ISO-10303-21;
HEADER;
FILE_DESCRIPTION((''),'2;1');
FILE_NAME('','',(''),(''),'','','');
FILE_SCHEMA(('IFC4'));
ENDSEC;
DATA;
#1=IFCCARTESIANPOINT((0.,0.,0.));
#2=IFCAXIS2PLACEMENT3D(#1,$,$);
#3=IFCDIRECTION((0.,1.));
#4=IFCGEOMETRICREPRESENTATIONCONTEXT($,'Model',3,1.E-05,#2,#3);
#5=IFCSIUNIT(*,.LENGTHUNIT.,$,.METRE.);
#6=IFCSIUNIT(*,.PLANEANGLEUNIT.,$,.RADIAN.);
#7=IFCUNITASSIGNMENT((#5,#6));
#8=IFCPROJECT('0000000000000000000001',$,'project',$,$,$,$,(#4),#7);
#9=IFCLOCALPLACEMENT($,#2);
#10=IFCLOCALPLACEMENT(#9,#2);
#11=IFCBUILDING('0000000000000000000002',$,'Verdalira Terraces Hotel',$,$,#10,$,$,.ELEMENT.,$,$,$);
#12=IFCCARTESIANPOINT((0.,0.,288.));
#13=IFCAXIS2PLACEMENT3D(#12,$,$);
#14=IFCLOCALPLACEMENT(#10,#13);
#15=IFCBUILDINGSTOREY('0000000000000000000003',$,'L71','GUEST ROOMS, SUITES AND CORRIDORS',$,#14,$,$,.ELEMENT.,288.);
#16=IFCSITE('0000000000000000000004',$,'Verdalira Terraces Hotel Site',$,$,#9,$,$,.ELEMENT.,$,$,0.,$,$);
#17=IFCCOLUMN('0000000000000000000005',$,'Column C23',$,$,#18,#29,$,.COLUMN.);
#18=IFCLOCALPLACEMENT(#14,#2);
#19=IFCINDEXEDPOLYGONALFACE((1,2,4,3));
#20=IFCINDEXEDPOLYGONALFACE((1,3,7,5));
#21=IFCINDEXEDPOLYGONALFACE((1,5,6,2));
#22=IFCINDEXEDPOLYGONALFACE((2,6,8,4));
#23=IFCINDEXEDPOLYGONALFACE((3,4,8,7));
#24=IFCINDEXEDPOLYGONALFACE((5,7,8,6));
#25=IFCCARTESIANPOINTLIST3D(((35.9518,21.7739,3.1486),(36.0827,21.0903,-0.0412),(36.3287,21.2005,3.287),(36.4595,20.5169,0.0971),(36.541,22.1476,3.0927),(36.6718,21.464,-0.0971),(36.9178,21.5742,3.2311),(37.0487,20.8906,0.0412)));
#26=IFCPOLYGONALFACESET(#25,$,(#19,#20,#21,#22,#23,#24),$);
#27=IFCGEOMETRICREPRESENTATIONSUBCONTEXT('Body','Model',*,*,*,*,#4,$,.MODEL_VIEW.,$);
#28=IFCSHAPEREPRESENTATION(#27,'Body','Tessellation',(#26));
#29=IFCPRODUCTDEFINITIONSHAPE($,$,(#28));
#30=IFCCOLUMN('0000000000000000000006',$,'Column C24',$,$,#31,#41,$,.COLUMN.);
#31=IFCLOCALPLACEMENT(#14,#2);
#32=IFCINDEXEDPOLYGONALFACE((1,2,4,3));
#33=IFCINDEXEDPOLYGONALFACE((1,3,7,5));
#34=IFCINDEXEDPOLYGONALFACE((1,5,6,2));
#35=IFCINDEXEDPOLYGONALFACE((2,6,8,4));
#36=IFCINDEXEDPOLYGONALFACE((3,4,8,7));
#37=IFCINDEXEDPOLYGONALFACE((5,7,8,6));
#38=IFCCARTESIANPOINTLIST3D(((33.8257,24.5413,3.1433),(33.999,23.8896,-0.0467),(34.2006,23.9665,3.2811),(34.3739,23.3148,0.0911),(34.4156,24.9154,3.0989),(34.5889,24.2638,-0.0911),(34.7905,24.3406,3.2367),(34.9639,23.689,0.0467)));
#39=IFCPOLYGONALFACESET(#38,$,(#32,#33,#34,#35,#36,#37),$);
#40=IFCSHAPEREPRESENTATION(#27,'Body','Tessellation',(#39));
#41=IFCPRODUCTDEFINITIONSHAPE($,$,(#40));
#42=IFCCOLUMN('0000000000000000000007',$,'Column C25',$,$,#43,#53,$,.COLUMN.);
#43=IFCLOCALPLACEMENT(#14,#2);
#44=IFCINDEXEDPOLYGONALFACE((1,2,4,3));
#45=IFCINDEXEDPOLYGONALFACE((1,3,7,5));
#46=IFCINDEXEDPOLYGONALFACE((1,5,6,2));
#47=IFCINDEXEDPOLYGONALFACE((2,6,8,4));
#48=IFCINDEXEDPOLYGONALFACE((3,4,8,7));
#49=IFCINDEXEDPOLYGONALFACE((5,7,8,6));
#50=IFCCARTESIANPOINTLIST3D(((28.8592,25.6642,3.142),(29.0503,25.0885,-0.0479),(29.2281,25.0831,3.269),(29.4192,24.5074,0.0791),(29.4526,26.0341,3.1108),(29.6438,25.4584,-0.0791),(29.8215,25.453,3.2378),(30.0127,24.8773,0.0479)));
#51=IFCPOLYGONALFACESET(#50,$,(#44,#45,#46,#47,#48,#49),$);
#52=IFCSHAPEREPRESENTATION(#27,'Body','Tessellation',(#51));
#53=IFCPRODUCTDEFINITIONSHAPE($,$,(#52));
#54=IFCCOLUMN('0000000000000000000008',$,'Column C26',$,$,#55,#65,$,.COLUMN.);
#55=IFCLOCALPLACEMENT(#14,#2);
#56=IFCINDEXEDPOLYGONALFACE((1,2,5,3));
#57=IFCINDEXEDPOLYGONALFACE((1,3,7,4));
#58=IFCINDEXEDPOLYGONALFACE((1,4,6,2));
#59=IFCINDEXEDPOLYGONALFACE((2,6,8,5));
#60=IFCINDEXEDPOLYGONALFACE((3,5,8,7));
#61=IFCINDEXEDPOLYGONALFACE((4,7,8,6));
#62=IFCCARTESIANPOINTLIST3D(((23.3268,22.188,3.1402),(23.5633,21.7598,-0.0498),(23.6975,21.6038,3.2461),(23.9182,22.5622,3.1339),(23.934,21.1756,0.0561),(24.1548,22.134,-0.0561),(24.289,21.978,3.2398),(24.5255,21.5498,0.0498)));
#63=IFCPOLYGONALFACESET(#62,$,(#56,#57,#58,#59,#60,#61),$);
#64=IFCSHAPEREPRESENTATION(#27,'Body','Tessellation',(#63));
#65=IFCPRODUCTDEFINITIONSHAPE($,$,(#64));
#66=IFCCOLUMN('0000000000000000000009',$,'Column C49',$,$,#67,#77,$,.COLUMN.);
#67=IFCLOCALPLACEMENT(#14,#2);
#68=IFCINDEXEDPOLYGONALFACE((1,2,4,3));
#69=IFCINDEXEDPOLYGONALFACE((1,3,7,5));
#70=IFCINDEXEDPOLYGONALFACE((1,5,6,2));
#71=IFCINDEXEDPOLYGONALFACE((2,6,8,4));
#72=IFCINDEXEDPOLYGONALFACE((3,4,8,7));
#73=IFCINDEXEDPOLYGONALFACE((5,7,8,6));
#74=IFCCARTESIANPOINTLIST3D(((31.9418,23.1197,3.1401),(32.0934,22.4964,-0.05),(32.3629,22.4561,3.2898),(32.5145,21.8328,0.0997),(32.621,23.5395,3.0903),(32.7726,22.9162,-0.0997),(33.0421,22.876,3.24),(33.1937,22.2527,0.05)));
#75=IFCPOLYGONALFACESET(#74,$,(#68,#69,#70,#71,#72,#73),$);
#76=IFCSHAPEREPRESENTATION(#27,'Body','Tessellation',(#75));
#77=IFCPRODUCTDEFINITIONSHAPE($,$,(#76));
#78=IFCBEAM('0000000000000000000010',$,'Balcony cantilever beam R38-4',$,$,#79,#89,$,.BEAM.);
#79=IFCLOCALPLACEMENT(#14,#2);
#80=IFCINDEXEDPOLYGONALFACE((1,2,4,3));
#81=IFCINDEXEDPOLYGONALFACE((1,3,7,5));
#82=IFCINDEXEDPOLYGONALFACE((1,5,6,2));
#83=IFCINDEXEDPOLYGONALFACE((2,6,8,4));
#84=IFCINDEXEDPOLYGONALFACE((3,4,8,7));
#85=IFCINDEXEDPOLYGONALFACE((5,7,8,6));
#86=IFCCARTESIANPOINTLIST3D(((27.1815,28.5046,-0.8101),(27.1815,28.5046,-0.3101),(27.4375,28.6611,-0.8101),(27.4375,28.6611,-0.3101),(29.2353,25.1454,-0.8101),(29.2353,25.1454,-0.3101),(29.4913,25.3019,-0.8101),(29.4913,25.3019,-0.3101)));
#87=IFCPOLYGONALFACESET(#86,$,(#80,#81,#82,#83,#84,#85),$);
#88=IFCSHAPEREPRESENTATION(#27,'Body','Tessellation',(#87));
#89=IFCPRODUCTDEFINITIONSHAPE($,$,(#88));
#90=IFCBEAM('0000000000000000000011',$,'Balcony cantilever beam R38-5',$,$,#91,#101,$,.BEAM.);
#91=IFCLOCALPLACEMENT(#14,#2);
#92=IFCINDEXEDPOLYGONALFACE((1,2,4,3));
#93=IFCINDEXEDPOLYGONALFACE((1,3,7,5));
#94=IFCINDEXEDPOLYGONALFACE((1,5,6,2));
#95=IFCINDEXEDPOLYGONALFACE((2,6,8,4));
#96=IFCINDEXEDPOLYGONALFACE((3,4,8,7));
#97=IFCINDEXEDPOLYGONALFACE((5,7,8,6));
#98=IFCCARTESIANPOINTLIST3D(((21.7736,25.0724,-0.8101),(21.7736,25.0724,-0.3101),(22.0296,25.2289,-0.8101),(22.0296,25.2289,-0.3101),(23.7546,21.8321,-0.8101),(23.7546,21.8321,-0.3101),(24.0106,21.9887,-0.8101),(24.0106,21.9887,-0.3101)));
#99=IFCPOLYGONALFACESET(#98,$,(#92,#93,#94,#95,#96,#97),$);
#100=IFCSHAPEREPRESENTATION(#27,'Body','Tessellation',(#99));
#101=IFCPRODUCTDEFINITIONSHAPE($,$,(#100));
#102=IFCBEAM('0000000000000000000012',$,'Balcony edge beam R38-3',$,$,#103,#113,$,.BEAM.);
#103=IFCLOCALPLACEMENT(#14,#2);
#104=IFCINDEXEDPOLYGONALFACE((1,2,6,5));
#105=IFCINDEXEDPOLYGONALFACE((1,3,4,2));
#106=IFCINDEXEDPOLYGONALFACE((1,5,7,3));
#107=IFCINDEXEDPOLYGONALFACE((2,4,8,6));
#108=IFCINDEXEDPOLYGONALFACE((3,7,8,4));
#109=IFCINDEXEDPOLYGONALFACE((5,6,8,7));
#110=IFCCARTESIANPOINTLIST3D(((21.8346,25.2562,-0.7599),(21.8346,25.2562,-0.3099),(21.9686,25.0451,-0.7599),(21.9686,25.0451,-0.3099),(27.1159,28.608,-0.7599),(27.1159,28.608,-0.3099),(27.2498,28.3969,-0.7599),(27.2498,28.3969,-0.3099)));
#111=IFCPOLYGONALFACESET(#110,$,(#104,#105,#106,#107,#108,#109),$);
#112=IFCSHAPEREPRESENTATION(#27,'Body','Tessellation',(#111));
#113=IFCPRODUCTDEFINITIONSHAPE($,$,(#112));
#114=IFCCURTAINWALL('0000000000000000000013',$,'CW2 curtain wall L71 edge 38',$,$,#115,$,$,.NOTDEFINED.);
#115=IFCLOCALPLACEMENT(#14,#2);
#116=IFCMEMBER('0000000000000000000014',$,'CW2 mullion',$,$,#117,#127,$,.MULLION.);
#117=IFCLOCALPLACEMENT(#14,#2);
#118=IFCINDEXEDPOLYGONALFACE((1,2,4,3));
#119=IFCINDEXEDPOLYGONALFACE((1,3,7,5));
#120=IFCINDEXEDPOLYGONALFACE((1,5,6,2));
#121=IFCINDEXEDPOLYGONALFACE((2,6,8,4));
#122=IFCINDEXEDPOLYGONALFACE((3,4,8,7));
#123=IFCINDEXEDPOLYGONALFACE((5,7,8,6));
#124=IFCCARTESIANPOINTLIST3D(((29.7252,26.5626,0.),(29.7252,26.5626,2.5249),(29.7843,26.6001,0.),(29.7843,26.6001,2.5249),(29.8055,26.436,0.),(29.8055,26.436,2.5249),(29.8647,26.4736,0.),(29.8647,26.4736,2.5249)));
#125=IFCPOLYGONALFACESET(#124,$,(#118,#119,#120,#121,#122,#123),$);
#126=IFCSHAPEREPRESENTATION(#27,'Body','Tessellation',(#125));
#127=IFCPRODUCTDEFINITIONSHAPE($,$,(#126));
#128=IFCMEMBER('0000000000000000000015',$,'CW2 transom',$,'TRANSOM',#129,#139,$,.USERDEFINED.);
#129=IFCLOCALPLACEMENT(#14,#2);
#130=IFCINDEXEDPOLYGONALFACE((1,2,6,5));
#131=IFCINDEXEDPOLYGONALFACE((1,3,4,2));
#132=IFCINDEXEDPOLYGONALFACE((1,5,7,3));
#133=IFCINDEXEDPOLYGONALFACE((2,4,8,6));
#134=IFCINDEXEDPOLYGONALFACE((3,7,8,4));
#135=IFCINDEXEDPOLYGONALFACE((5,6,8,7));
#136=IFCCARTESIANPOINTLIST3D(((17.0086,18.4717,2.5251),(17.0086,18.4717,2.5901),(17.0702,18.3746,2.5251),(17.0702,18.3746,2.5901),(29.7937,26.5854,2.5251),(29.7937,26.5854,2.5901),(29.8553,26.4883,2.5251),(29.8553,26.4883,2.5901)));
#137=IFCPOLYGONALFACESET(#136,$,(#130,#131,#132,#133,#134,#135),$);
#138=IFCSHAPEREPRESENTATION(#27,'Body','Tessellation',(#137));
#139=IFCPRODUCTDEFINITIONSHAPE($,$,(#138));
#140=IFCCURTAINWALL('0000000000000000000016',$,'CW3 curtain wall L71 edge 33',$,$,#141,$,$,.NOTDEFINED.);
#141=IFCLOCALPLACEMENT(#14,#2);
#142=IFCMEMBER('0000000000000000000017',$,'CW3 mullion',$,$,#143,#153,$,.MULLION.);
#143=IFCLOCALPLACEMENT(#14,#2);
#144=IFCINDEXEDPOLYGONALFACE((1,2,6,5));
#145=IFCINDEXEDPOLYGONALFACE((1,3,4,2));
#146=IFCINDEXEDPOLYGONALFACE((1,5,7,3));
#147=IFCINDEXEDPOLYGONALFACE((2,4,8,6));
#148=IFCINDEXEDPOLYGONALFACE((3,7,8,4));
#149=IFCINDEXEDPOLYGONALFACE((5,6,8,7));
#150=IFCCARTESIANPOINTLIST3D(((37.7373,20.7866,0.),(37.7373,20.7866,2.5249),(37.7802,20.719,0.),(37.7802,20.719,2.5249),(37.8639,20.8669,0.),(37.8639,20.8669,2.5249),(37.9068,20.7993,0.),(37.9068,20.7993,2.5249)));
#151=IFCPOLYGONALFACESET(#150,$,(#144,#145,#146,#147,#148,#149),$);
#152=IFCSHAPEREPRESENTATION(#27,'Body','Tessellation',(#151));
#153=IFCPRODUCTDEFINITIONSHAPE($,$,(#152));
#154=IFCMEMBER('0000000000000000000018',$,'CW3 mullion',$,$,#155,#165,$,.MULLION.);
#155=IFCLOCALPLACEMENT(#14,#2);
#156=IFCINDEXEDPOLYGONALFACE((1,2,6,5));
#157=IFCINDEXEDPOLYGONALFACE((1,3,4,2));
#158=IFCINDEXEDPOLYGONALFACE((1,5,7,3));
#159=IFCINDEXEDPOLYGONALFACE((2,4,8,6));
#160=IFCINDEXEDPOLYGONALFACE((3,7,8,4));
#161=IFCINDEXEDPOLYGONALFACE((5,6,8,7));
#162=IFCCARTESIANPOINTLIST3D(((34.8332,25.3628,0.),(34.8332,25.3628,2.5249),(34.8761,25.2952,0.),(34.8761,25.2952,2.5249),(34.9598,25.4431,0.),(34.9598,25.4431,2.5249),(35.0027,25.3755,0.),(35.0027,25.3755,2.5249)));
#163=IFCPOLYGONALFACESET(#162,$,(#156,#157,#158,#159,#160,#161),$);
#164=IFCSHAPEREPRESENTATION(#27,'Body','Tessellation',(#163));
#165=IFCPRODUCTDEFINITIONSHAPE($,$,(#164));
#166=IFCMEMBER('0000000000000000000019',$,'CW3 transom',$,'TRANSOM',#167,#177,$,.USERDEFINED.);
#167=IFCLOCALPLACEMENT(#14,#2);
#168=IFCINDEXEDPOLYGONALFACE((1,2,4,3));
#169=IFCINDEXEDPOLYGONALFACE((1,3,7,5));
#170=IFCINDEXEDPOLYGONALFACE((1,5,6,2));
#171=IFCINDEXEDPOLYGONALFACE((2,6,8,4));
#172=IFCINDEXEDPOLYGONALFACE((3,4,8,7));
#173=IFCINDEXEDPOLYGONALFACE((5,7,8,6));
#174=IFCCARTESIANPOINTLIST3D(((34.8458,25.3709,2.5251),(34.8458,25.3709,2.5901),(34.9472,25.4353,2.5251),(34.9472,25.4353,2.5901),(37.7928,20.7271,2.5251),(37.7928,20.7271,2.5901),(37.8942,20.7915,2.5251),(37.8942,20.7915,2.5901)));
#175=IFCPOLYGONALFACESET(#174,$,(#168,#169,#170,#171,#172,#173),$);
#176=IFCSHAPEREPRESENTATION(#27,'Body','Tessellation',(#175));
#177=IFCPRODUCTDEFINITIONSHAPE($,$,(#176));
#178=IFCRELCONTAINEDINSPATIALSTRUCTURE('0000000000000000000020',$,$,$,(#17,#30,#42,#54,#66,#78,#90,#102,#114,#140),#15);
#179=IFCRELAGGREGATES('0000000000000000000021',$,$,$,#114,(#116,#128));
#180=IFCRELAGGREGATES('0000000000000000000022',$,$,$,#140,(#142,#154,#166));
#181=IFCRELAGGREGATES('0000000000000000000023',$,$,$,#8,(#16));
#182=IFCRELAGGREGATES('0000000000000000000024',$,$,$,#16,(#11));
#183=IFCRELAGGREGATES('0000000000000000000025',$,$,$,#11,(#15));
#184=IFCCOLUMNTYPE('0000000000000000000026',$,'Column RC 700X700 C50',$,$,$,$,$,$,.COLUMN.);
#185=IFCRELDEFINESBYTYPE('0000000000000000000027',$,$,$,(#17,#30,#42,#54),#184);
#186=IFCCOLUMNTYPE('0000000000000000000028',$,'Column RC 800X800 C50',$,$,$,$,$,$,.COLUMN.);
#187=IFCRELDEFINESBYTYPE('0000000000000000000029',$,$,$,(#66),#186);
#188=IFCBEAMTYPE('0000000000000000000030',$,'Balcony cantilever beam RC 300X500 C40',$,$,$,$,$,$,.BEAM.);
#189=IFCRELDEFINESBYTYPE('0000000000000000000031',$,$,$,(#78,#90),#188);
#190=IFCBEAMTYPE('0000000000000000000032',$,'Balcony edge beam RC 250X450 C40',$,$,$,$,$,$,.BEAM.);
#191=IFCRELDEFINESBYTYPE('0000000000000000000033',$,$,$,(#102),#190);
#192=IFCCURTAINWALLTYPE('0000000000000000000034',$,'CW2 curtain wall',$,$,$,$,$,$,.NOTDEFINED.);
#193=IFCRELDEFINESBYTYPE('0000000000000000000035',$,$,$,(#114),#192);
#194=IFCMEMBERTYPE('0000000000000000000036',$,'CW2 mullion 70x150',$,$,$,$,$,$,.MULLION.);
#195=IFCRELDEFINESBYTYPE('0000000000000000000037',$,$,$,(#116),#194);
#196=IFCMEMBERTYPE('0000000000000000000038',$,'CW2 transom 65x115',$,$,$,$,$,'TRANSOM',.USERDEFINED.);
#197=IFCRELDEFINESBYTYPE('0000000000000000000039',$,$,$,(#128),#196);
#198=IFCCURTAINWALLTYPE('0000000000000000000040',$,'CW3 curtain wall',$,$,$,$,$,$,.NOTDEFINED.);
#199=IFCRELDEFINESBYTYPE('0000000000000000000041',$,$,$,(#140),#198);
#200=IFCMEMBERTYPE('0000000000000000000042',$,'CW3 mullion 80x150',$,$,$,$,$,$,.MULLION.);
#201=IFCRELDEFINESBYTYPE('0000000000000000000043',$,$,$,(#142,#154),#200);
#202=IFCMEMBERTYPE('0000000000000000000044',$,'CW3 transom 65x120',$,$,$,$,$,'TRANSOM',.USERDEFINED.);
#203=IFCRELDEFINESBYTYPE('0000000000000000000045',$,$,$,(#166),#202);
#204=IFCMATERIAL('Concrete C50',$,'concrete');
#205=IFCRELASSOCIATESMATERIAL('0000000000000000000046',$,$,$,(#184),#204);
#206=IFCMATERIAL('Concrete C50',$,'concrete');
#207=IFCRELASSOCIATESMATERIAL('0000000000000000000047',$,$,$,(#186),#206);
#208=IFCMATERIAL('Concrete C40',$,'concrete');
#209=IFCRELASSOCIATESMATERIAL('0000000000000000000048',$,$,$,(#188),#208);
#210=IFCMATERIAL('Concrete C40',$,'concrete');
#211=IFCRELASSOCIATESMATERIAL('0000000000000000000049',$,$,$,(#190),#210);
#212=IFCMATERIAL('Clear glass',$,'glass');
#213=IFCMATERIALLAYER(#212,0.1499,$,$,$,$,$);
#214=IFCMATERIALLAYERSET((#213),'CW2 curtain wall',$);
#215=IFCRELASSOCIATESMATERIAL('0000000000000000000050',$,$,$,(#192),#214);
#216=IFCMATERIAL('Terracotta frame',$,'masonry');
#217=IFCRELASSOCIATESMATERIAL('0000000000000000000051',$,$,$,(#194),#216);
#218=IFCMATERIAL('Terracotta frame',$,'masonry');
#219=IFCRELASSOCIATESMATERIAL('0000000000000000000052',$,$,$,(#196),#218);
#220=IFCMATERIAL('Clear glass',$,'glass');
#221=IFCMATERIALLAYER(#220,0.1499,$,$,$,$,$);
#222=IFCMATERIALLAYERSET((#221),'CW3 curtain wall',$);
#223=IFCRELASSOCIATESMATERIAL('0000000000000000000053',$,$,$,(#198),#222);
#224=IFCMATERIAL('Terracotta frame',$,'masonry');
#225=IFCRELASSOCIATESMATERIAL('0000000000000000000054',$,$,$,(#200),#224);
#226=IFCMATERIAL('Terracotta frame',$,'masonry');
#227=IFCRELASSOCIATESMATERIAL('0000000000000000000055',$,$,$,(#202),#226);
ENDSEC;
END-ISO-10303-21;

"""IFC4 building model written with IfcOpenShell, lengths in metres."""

from ifc_helpers import new_model, si_unit, direction, frame, origin, origin_2d, place, context, subcontext, project, spatial, rectangle, extrude, material, layer, layer_set, material_profile, profile_set, type_object, element, aggregate, save


model = new_model("IFC4")

# Units and contexts
model_context = context("Model", 3, precision=1e-05, world=origin(), true_north=direction((0.0, 1.0)))
body_context = subcontext(model_context, "Body", "Model", "MODEL_VIEW")
ifc_project = project(units=[si_unit("LENGTHUNIT", "METRE"), si_unit("PLANEANGLEUNIT", "RADIAN")], contexts=[model_context])

# Site, building, storey
site_placement = place(None, origin())
site = spatial("IfcSite", under=ifc_project, at=site_placement, Name="Verdalira Terraces Hotel Site", CompositionType="ELEMENT", RefElevation=0.0)
building_placement = place(site_placement, origin())
building = spatial("IfcBuilding", under=site, at=building_placement, Name="Verdalira Terraces Hotel", CompositionType="ELEMENT")
storey_placement = place(building_placement, frame((0.0, 0.0, 288.0)))
storey = spatial("IfcBuildingStorey", under=building, at=storey_placement, Name="L71", Description="GUEST ROOMS, SUITES AND CORRIDORS", CompositionType="ELEMENT", Elevation=288.0)

# Columns
ifc_material_1 = material(Name="Concrete C50", Category="concrete")
ifc_material_profile_1 = material_profile(ifc_material_1, rectangle(XDim=0.7, YDim=0.7, at=origin_2d()), Name="RC 700X700")
ifc_profile_set_1 = profile_set([ifc_material_profile_1], Name="Concrete C50")
column_type_1 = type_object("IfcColumnType", Name="Column RC 700X700 C50", PredefinedType="COLUMN", material=ifc_profile_set_1)
column_1_placement = place(storey_placement, frame((36.5657, 20.9905, 0.0), z_axis=(-0.04008, 0.209371, 0.977015), x_axis=(-0.538392, 0.819191, -0.197636)))
element("IfcColumn", 1, at=column_1_placement, inside=storey, type_object=column_type_1, Name="Column C23", PredefinedType="COLUMN", context=body_context, shape_type="SweptSolid", body=[
    extrude(rectangle(XDim=0.7, YDim=0.7, at=origin_2d()), origin(), (0.0, 0.0, 1.0), 3.2649),
])
column_2_placement = place(storey_placement, frame((34.4814, 23.7893, 0.0), z_axis=(-0.053165, 0.199855, 0.978382), x_axis=(-0.535618, 0.821196, -0.196851)))
element("IfcColumn", 2, at=column_2_placement, inside=storey, type_object=column_type_1, Name="Column C24", PredefinedType="COLUMN", context=body_context, shape_type="SweptSolid", body=[
    extrude(rectangle(XDim=0.7, YDim=0.7, at=origin_2d()), origin(), (0.0, 0.0, 1.0), 3.2605),
])
column_3_placement = place(storey_placement, frame((29.5315, 24.9829, 0.0), z_axis=(-0.058872, 0.177291, 0.982396), x_axis=(-0.847801, -0.528439, 0.044561)))
element("IfcColumn", 3, at=column_3_placement, inside=storey, type_object=column_type_1, Name="Column C25", PredefinedType="COLUMN", context=body_context, shape_type="SweptSolid", body=[
    extrude(rectangle(XDim=0.7, YDim=0.7, at=origin_2d()), origin(), (0.0, 0.0, 1.0), 3.2471),
])
column_4_placement = place(storey_placement, frame((24.0444, 21.6548, 0.0), z_axis=(-0.073305, 0.13269, 0.988443), x_axis=(-0.845052, -0.534607, 0.009096)))
element("IfcColumn", 4, at=column_4_placement, inside=storey, type_object=column_type_1, Name="Column C26", PredefinedType="COLUMN", context=body_context, shape_type="SweptSolid", body=[
    extrude(rectangle(XDim=0.7, YDim=0.7, at=origin_2d()), origin(), (0.0, 0.0, 1.0), 3.2273),
])
ifc_material_2 = material(Name="Concrete C50", Category="concrete")
ifc_material_profile_2 = material_profile(ifc_material_2, rectangle(XDim=0.8, YDim=0.8, at=origin_2d()), Name="RC 800X800")
ifc_profile_set_2 = profile_set([ifc_material_profile_2], Name="Concrete C50")
column_type_2 = type_object("IfcColumnType", Name="Column RC 800X800 C50", PredefinedType="COLUMN", material=ifc_profile_set_2)
column_5_placement = place(storey_placement, frame((32.6436, 22.3745, 0.0), z_axis=(-0.046595, 0.191558, 0.980375), x_axis=(0.84896, 0.524784, -0.06219)))
element("IfcColumn", 5, at=column_5_placement, inside=storey, type_object=column_type_2, Name="Column C49", PredefinedType="COLUMN", context=body_context, shape_type="SweptSolid", body=[
    extrude(rectangle(XDim=0.8, YDim=0.8, at=origin_2d()), origin(), (0.0, 0.0, 1.0), 3.2539),
])

# Beams
ifc_material_3 = material(Name="Concrete C40", Category="concrete")
ifc_material_profile_3 = material_profile(ifc_material_3, rectangle(XDim=0.3, YDim=0.5, at=origin_2d()), Name="RC 300X500")
ifc_profile_set_3 = profile_set([ifc_material_profile_3], Name="Concrete C40")
beam_type_1 = type_object("IfcBeamType", Name="Balcony cantilever beam RC 300X500 C40", PredefinedType="BEAM", material=ifc_profile_set_3)
beam_1_placement = place(storey_placement, frame((29.3633, 25.2236, -0.5601), z_axis=(-0.521618, 0.853179, 0.0), x_axis=(-0.853179, -0.521618, 0.0)))
element("IfcBeam", 6, at=beam_1_placement, inside=storey, type_object=beam_type_1, Name="Balcony cantilever beam R38-4", PredefinedType="BEAM", context=body_context, shape_type="SweptSolid", body=[
    extrude(rectangle(XDim=0.3, YDim=0.5, at=origin_2d()), origin(), (0.0, 0.0, 1.0), 3.9373),
])
beam_2_placement = place(storey_placement, frame((23.8826, 21.9104, -0.5601), z_axis=(-0.521606, 0.853186, 0.0), x_axis=(-0.853186, -0.521606, 0.0)))
element("IfcBeam", 7, at=beam_2_placement, inside=storey, type_object=beam_type_1, Name="Balcony cantilever beam R38-5", PredefinedType="BEAM", context=body_context, shape_type="SweptSolid", body=[
    extrude(rectangle(XDim=0.3, YDim=0.5, at=origin_2d()), origin(), (0.0, 0.0, 1.0), 3.7979),
])
ifc_material_4 = material(Name="Concrete C40", Category="concrete")
ifc_material_profile_4 = material_profile(ifc_material_4, rectangle(XDim=0.25, YDim=0.45, at=origin_2d()), Name="RC 250X450")
ifc_profile_set_4 = profile_set([ifc_material_profile_4], Name="Concrete C40")
beam_type_2 = type_object("IfcBeamType", Name="Balcony edge beam RC 250X450 C40", PredefinedType="BEAM", material=ifc_profile_set_4)
beam_3_placement = place(storey_placement, frame((27.1829, 28.5024, -0.5349), z_axis=(-0.844312, -0.535852, 0.0), x_axis=(0.535852, -0.844312, 0.0)))
element("IfcBeam", 8, at=beam_3_placement, inside=storey, type_object=beam_type_2, Name="Balcony edge beam R38-3", PredefinedType="BEAM", context=body_context, shape_type="SweptSolid", body=[
    extrude(rectangle(XDim=0.25, YDim=0.45, at=origin_2d()), origin(), (0.0, 0.0, 1.0), 6.2551),
])

# Curtain walls, members
ifc_material_5 = material(Name="Clear glass", Category="glass")
ifc_layer_1 = layer(ifc_material_5, 0.1499)
ifc_layer_set_1 = layer_set([ifc_layer_1], Name="CW2 curtain wall")
curtain_wall_type_1 = type_object("IfcCurtainWallType", Name="CW2 curtain wall", PredefinedType="NOTDEFINED", material=ifc_layer_set_1)
curtain_wall_1_placement = place(storey_placement, origin())
curtain_wall_1 = element("IfcCurtainWall", 9, at=curtain_wall_1_placement, inside=storey, type_object=curtain_wall_type_1, Name="CW2 curtain wall L71 edge 38", PredefinedType="NOTDEFINED")
ifc_material_6 = material(Name="Terracotta frame", Category="masonry")
ifc_material_profile_5 = material_profile(ifc_material_6, rectangle(XDim=0.0701, YDim=0.1499, at=origin_2d()), Name="MU 70x150")
ifc_profile_set_5 = profile_set([ifc_material_profile_5], Name="Terracotta frame")
member_type_1 = type_object("IfcMemberType", Name="CW2 mullion 70x150", PredefinedType="MULLION", material=ifc_profile_set_5)
member_1_placement = place(storey_placement, frame((29.7949, 26.5181, 0.0), z_axis=(0.0, 0.0, 1.0), x_axis=(-0.844328, -0.535827, 0.0)))
member_1 = element("IfcMember", 10, at=member_1_placement, type_object=member_type_1, Name="CW2 mullion", PredefinedType="MULLION", context=body_context, shape_type="SweptSolid", body=[
    extrude(rectangle(XDim=0.0701, YDim=0.1499, at=origin_2d()), origin(), (0.0, 0.0, 1.0), 2.5249),
])
ifc_material_7 = material(Name="Terracotta frame", Category="masonry")
ifc_material_profile_6 = material_profile(ifc_material_7, rectangle(XDim=0.115, YDim=0.0649, at=origin_2d()), Name="TR 65x115")
ifc_profile_set_6 = profile_set([ifc_material_profile_6], Name="Terracotta frame")
member_type_2 = type_object("IfcMemberType", Name="CW2 transom 65x115", ElementType="TRANSOM", PredefinedType="USERDEFINED", material=ifc_profile_set_6)
member_2_placement = place(storey_placement, frame((29.8245, 26.5369, 2.5576), z_axis=(-0.844326, -0.53583, 0.0), x_axis=(0.53583, -0.844326, 0.0)))
member_2 = element("IfcMember", 11, at=member_2_placement, type_object=member_type_2, Name="CW2 transom", ObjectType="TRANSOM", PredefinedType="USERDEFINED", context=body_context, shape_type="SweptSolid", body=[
    extrude(rectangle(XDim=0.115, YDim=0.0649, at=origin_2d()), origin(), (0.0, 0.0, 1.0), 15.1423),
])
aggregate(curtain_wall_1, [member_1, member_2])
ifc_material_8 = material(Name="Clear glass", Category="glass")
ifc_layer_2 = layer(ifc_material_8, 0.1499)
ifc_layer_set_2 = layer_set([ifc_layer_2], Name="CW3 curtain wall")
curtain_wall_type_2 = type_object("IfcCurtainWallType", Name="CW3 curtain wall", PredefinedType="NOTDEFINED", material=ifc_layer_set_2)
curtain_wall_2_placement = place(storey_placement, origin())
curtain_wall_2 = element("IfcCurtainWall", 12, at=curtain_wall_2_placement, inside=storey, type_object=curtain_wall_type_2, Name="CW3 curtain wall L71 edge 33", PredefinedType="NOTDEFINED")
ifc_material_9 = material(Name="Terracotta frame", Category="masonry")
ifc_material_profile_7 = material_profile(ifc_material_9, rectangle(XDim=0.0801, YDim=0.1499, at=origin_2d()), Name="MU 80x150")
ifc_profile_set_7 = profile_set([ifc_material_profile_7], Name="Terracotta frame")
member_type_3 = type_object("IfcMemberType", Name="CW3 mullion 80x150", PredefinedType="MULLION", material=ifc_profile_set_7)
member_3_placement = place(storey_placement, frame((37.822, 20.793, 0.0), z_axis=(0.0, 0.0, 1.0), x_axis=(-0.535827, 0.844328, 0.0)))
member_3 = element("IfcMember", 13, at=member_3_placement, type_object=member_type_3, Name="CW3 mullion", PredefinedType="MULLION", context=body_context, shape_type="SweptSolid", body=[
    extrude(rectangle(XDim=0.0801, YDim=0.1499, at=origin_2d()), origin(), (0.0, 0.0, 1.0), 2.5249),
])
member_4_placement = place(storey_placement, frame((34.918, 25.3691, 0.0), z_axis=(0.0, 0.0, 1.0), x_axis=(-0.535827, 0.844328, 0.0)))
member_4 = element("IfcMember", 14, at=member_4_placement, type_object=member_type_3, Name="CW3 mullion", PredefinedType="MULLION", context=body_context, shape_type="SweptSolid", body=[
    extrude(rectangle(XDim=0.0801, YDim=0.1499, at=origin_2d()), origin(), (0.0, 0.0, 1.0), 2.5249),
])
ifc_material_10 = material(Name="Terracotta frame", Category="masonry")
ifc_material_profile_8 = material_profile(ifc_material_10, rectangle(XDim=0.1201, YDim=0.0649, at=origin_2d()), Name="TR 65x120")
ifc_profile_set_8 = profile_set([ifc_material_profile_8], Name="Terracotta frame")
member_type_4 = type_object("IfcMemberType", Name="CW3 transom 65x120", ElementType="TRANSOM", PredefinedType="USERDEFINED", material=ifc_profile_set_8)
member_5_placement = place(storey_placement, frame((37.8435, 20.7593, 2.5576), z_axis=(-0.535824, 0.84433, 0.0), x_axis=(-0.84433, -0.535824, 0.0)))
member_5 = element("IfcMember", 15, at=member_5_placement, type_object=member_type_4, Name="CW3 transom", ObjectType="TRANSOM", PredefinedType="USERDEFINED", context=body_context, shape_type="SweptSolid", body=[
    extrude(rectangle(XDim=0.1201, YDim=0.0649, at=origin_2d()), origin(), (0.0, 0.0, 1.0), 5.5),
])

aggregate(curtain_wall_2, [member_3, member_4, member_5])

save(model, "model.ifc")
